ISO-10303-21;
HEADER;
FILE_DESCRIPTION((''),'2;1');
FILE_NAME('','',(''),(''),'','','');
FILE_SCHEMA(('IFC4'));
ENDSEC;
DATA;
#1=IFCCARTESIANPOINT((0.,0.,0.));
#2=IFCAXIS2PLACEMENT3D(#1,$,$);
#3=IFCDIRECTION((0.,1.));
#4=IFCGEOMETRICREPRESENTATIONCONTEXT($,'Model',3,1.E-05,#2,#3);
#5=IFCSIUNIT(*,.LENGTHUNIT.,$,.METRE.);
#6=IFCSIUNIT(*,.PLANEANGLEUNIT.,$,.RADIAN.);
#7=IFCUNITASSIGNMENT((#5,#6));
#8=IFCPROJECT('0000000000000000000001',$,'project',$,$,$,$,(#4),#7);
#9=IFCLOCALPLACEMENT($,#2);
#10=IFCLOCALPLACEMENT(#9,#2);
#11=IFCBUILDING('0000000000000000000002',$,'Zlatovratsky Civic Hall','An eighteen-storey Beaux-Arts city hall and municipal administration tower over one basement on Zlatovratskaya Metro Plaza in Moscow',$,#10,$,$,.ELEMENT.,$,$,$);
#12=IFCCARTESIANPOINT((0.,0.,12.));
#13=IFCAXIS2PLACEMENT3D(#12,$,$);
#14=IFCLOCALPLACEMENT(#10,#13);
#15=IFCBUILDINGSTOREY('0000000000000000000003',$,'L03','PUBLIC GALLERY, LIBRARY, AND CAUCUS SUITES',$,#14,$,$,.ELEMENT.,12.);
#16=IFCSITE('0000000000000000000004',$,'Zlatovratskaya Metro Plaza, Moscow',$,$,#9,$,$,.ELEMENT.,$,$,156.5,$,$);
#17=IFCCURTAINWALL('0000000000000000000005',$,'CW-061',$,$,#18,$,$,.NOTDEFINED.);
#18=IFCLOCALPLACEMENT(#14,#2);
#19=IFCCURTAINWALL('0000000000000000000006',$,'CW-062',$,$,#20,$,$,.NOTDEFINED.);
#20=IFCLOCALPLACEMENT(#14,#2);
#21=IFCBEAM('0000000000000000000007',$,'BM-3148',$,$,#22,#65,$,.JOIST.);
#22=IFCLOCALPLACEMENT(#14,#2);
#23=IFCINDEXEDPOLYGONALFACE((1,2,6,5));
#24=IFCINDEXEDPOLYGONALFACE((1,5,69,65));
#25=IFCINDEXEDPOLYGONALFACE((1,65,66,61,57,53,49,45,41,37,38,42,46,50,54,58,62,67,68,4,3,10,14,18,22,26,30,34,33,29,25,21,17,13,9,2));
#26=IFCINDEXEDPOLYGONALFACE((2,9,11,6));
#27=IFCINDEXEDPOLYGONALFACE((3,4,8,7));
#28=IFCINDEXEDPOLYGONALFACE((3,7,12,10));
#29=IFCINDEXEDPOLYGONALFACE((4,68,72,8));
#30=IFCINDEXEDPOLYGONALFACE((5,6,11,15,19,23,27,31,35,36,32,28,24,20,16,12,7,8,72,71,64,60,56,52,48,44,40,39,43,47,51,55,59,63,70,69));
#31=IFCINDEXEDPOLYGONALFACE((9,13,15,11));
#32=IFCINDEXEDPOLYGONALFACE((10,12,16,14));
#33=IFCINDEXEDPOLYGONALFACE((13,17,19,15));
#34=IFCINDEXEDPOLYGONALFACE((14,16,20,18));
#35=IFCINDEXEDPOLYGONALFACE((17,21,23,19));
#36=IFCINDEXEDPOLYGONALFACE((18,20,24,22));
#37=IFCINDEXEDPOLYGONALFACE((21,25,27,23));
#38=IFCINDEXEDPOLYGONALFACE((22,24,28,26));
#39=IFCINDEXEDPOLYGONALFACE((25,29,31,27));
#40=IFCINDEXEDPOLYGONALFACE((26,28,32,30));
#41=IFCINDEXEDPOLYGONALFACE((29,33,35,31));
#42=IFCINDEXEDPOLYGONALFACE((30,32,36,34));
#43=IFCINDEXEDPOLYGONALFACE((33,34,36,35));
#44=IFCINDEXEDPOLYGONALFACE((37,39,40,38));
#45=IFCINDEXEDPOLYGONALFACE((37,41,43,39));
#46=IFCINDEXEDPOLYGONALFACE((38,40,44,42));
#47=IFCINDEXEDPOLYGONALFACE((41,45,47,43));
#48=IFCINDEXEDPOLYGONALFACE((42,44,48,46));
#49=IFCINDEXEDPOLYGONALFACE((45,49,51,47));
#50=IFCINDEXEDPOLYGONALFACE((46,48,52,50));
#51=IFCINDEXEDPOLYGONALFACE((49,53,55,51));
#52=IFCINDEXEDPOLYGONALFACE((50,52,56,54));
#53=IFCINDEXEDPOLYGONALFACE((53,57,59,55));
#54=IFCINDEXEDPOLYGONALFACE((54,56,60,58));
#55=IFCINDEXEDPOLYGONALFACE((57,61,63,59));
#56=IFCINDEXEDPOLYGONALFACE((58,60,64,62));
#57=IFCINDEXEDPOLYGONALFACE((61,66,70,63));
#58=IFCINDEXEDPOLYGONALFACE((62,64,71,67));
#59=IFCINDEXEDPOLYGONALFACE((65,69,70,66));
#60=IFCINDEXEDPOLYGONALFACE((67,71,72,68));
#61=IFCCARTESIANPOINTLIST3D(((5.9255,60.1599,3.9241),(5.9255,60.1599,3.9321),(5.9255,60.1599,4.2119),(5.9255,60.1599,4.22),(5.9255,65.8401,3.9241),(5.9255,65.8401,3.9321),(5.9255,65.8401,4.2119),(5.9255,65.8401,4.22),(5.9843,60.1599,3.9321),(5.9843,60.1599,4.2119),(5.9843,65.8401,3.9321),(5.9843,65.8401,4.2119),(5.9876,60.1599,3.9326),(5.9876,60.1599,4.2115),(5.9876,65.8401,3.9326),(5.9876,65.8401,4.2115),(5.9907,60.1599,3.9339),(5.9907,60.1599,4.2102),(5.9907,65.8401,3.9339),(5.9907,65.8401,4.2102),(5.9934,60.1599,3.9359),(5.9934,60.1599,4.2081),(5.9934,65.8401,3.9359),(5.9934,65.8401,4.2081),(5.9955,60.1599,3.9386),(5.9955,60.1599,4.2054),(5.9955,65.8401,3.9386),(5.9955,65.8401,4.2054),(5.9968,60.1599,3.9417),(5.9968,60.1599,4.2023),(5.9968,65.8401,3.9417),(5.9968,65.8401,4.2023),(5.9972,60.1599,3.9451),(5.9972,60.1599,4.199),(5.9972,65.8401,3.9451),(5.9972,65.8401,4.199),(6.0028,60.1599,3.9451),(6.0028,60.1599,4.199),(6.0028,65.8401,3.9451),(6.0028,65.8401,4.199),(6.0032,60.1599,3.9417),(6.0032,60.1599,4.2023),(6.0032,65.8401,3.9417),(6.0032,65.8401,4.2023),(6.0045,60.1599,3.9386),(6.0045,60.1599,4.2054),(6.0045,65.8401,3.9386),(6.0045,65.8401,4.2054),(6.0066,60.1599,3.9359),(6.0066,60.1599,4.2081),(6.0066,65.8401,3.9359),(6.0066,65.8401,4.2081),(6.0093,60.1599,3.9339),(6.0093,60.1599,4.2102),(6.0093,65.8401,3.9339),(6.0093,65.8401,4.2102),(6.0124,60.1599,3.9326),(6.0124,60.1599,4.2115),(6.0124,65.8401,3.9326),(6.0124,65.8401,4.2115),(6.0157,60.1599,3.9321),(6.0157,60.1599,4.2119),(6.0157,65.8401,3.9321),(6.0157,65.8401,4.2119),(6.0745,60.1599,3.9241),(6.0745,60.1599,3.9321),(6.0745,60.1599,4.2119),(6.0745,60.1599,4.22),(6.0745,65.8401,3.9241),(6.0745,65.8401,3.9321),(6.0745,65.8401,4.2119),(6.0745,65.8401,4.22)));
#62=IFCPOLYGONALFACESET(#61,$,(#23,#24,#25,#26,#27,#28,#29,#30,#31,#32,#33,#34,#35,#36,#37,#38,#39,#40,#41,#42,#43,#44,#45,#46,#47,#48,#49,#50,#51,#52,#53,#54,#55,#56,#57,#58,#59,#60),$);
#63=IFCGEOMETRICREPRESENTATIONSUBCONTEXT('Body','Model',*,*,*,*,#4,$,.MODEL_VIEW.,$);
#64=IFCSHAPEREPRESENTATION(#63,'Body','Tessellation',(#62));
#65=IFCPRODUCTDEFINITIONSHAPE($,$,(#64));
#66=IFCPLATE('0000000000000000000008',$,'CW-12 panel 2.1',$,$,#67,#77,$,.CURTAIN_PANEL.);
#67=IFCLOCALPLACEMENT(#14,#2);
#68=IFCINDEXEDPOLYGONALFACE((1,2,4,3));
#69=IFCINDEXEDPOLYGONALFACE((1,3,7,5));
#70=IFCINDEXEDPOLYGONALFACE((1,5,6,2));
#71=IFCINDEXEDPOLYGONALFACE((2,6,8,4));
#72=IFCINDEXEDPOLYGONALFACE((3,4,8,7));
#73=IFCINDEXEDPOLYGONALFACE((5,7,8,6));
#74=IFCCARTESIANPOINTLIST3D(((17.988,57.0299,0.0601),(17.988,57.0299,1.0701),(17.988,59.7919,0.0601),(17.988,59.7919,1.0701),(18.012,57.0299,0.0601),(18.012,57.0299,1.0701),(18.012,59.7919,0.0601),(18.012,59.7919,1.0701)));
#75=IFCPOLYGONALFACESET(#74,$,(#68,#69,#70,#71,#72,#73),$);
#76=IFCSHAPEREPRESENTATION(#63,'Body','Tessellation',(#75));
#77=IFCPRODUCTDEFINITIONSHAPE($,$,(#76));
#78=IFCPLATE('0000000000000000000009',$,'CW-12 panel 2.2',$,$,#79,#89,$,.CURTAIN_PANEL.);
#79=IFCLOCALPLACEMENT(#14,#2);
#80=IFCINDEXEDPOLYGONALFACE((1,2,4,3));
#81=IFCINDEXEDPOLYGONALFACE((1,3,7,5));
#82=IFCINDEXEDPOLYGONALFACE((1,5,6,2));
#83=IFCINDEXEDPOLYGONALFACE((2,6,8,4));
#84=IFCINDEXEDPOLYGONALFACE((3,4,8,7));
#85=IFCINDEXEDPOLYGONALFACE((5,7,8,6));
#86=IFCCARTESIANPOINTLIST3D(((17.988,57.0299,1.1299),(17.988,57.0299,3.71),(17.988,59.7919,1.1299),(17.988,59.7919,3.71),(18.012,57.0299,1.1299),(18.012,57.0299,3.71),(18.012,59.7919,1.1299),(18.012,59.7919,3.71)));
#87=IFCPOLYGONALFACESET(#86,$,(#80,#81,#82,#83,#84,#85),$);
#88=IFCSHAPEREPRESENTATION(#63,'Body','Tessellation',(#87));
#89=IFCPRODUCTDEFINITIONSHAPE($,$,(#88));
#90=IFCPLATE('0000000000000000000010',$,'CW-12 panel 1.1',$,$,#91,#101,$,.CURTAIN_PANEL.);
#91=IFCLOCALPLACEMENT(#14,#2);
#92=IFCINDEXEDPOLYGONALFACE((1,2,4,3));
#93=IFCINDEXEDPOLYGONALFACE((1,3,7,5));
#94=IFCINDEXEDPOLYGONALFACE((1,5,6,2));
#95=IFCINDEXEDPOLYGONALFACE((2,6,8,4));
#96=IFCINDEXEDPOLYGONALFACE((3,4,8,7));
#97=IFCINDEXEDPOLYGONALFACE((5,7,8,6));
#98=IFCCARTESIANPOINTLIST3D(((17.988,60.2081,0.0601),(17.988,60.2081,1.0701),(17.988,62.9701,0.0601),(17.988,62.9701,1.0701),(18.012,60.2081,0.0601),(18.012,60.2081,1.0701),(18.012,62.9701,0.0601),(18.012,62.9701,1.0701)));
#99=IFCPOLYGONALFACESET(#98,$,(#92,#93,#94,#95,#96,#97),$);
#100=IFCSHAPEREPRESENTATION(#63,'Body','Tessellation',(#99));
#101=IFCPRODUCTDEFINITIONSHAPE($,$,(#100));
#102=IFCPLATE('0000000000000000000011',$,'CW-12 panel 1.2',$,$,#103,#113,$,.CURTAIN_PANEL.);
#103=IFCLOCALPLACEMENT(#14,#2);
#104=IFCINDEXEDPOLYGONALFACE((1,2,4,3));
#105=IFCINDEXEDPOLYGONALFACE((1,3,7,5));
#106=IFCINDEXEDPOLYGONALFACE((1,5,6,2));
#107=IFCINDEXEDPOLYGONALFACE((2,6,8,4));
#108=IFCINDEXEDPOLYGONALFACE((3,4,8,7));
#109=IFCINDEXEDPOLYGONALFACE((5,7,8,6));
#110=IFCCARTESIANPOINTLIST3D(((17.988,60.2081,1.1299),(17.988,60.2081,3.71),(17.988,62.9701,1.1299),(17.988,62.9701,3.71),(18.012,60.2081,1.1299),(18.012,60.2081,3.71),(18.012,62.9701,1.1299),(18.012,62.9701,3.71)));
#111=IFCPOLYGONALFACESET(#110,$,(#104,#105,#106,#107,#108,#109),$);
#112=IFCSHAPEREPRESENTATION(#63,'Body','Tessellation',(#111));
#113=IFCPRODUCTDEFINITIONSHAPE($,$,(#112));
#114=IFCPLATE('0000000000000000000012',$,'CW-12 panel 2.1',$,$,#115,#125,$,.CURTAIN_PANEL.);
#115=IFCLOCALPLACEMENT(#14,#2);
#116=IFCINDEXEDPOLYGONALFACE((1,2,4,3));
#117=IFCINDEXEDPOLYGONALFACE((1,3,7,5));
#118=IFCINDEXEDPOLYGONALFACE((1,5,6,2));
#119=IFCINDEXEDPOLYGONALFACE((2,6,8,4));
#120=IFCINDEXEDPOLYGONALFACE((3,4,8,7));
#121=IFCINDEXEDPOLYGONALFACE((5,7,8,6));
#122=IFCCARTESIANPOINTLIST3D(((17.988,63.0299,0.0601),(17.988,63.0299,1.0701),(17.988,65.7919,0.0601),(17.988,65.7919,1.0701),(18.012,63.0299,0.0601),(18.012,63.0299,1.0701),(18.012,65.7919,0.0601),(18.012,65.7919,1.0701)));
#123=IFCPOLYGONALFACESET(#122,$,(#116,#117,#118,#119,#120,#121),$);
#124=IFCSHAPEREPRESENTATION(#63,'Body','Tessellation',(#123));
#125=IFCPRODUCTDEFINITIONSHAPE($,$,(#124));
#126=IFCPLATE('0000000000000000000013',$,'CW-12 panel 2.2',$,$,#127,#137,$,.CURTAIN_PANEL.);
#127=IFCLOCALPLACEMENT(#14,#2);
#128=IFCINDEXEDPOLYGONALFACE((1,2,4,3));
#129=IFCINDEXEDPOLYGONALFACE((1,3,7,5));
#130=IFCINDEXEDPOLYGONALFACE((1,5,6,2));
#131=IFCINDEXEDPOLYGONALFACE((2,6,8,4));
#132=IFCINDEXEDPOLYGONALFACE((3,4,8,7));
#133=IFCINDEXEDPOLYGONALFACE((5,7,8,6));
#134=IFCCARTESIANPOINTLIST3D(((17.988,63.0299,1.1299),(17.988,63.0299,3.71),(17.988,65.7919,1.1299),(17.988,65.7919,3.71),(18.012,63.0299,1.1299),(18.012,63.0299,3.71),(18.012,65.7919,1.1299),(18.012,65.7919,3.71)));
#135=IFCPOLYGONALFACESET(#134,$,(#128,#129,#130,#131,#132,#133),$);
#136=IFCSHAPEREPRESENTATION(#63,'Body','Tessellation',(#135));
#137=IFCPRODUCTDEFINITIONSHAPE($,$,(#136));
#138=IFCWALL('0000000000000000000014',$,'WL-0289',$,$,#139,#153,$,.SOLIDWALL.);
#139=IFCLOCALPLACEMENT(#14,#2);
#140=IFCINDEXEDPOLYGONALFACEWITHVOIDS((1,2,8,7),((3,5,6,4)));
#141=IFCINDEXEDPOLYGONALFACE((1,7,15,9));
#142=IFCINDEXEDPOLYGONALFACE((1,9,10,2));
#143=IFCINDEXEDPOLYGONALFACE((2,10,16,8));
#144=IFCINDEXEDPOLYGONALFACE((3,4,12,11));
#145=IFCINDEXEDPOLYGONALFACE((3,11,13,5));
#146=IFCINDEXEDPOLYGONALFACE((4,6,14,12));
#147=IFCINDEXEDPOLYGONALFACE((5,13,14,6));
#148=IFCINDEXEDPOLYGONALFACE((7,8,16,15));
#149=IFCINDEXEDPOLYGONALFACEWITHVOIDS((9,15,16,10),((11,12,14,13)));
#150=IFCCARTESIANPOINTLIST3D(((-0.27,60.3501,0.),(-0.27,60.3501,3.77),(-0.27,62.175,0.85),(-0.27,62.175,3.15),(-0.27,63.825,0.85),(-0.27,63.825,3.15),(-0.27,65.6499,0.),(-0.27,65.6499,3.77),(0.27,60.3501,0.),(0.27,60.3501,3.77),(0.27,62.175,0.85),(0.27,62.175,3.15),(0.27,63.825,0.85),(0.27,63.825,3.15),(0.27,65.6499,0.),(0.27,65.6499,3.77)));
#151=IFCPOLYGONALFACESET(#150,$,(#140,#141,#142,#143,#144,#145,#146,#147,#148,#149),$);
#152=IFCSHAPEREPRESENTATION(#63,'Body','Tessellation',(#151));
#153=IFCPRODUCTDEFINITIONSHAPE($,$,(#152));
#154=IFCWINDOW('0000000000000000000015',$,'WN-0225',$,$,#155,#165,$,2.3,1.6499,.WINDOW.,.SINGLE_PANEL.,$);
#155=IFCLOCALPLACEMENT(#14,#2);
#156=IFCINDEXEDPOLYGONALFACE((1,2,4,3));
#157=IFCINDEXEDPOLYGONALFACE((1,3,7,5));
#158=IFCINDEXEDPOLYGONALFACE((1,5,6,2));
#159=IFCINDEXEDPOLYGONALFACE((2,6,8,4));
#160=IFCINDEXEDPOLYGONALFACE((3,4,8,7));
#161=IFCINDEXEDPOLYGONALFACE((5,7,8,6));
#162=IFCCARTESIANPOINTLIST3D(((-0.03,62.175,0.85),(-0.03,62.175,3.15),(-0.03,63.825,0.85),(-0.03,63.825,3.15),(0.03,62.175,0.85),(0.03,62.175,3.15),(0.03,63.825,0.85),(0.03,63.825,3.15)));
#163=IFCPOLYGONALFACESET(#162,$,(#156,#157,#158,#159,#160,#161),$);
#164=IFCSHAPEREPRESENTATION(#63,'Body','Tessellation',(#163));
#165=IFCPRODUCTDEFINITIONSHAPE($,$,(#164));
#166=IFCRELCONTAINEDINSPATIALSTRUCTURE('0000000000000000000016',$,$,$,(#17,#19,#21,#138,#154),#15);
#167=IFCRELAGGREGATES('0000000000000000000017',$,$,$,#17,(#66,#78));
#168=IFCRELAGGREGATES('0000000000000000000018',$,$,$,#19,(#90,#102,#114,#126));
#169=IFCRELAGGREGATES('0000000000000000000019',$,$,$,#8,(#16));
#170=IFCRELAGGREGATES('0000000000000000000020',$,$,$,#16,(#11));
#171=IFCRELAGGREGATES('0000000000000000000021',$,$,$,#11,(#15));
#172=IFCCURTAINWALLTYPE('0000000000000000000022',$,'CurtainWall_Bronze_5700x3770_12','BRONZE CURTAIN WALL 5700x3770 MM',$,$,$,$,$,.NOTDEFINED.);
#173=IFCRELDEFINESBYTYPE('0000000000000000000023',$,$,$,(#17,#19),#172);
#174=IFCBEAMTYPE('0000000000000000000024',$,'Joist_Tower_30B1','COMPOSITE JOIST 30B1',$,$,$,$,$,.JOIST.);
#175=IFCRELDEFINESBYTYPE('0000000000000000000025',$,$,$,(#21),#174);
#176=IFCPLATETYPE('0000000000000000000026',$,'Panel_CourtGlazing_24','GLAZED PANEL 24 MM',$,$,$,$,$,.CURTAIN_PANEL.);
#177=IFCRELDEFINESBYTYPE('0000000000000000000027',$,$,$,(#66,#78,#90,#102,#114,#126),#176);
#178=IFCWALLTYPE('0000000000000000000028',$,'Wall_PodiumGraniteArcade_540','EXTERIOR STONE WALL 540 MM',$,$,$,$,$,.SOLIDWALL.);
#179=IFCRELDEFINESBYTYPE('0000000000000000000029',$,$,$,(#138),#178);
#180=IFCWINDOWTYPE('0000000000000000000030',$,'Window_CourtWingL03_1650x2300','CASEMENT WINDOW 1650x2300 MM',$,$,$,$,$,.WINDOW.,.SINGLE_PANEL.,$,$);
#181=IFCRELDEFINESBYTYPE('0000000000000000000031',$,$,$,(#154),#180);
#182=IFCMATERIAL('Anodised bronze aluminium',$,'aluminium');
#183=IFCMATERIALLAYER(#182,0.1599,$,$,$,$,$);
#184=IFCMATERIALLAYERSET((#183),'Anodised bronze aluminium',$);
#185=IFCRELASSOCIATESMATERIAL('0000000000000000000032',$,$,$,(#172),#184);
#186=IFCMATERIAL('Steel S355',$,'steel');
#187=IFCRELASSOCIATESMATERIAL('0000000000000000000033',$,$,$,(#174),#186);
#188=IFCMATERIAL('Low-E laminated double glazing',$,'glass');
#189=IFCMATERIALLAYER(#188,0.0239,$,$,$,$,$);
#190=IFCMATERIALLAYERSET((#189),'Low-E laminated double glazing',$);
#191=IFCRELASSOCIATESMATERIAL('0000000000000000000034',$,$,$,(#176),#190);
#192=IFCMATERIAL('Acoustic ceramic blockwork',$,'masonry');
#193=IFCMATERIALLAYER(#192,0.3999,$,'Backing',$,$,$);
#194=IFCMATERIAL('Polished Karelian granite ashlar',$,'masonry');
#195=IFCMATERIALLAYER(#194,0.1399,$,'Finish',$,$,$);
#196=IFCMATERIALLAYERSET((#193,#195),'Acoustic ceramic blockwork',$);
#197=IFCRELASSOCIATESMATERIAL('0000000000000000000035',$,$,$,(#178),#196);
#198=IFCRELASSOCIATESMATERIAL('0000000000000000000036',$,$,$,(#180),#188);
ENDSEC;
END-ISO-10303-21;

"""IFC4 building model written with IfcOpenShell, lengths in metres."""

from ifc_helpers import new_model, si_unit, direction, frame, frame_2d, origin, origin_2d, place, context, subcontext, project, spatial, rectangle, i_section, extrude, material, layer, layer_set, material_profile, profile_set, type_object, element, fill, aggregate, save


model = new_model("IFC4")

# Units and contexts
model_context = context("Model", 3, precision=1e-05, world=origin(), true_north=direction((0.0, 1.0)))
body_context = subcontext(model_context, "Body", "Model", "MODEL_VIEW")
ifc_project = project(units=[si_unit("LENGTHUNIT", "METRE"), si_unit("PLANEANGLEUNIT", "RADIAN")], contexts=[model_context])

# Site, building, storey
site_placement = place(None, origin())
site = spatial("IfcSite", under=ifc_project, at=site_placement, Name="Zlatovratskaya Metro Plaza, Moscow", CompositionType="ELEMENT", RefElevation=156.5)
building_placement = place(site_placement, origin())
building = spatial("IfcBuilding", under=site, at=building_placement, Name="Zlatovratsky Civic Hall", Description="An eighteen-storey Beaux-Arts city hall and municipal administration tower over one basement on Zlatovratskaya Metro Plaza in Moscow", CompositionType="ELEMENT")
storey_placement = place(building_placement, frame((0.0, 0.0, 12.0)))
storey = spatial("IfcBuildingStorey", under=building, at=storey_placement, Name="L03", Description="PUBLIC GALLERY, LIBRARY, AND CAUCUS SUITES", CompositionType="ELEMENT", Elevation=12.0)

# Shared definitions
ifc_material_1 = material(Name="Steel S355", Category="steel")

# Curtain wall
ifc_material_2 = material(Name="Anodised bronze aluminium", Category="aluminium")
ifc_layer_1 = layer(ifc_material_2, 0.1599)
ifc_layer_set_1 = layer_set([ifc_layer_1], Name="Anodised bronze aluminium")
curtain_wall_type = type_object("IfcCurtainWallType", Name="CurtainWall_Bronze_5700x3770_12", Description="BRONZE CURTAIN WALL 5700x3770 MM", PredefinedType="NOTDEFINED", material=ifc_layer_set_1)
curtain_wall_1_placement = place(storey_placement, origin())
curtain_wall_1 = element("IfcCurtainWall", 1, at=curtain_wall_1_placement, inside=storey, type_object=curtain_wall_type, Name="CW-061", PredefinedType="NOTDEFINED")

# Curtain wall
curtain_wall_2_placement = place(storey_placement, origin())
curtain_wall_2 = element("IfcCurtainWall", 2, at=curtain_wall_2_placement, inside=storey, type_object=curtain_wall_type, Name="CW-062", PredefinedType="NOTDEFINED")

# Beam
ifc_material_profile_1 = material_profile(ifc_material_1, i_section(OverallWidth=0.1489, OverallDepth=0.2959, WebThickness=0.0056, FlangeThickness=0.0081, FilletRadius=0.0129, at=origin_2d()), Name="30B1")
ifc_profile_set_1 = profile_set([ifc_material_profile_1], Name="Steel S355")
beam_type_1 = type_object("IfcBeamType", Name="Joist_Tower_30B1", Description="COMPOSITE JOIST 30B1", PredefinedType="JOIST", material=ifc_profile_set_1)
beam_1_placement = place(storey_placement, frame((6.0, 60.1599, 4.072), z_axis=(0.0, 1.0, 0.0), x_axis=(-1.0, 0.0, 0.0)))
element("IfcBeam", 3, at=beam_1_placement, inside=storey, type_object=beam_type_1, Name="BM-3148", PredefinedType="JOIST", context=body_context, shape_type="SweptSolid", body=[
    extrude(i_section(OverallWidth=0.1489, OverallDepth=0.2959, WebThickness=0.0056, FlangeThickness=0.0081, FilletRadius=0.0129, at=origin_2d()), origin(), (0.0, 0.0, 1.0), 5.6802),
])

# Plates
ifc_material_3 = material(Name="Low-E laminated double glazing", Category="glass")
ifc_layer_2 = layer(ifc_material_3, 0.0239)
ifc_layer_set_2 = layer_set([ifc_layer_2], Name="Low-E laminated double glazing")
plate_type = type_object("IfcPlateType", Name="Panel_CourtGlazing_24", Description="GLAZED PANEL 24 MM", PredefinedType="CURTAIN_PANEL", material=ifc_layer_set_2)
plate_1_placement = place(storey_placement, frame((18.0, 58.4109, 0.0601), z_axis=(0.0, 0.0, 1.0), x_axis=(0.0, 1.0, 0.0)))
plate_1 = element("IfcPlate", 4, at=plate_1_placement, type_object=plate_type, Name="CW-12 panel 2.1", PredefinedType="CURTAIN_PANEL", context=body_context, shape_type="SweptSolid", body=[
    extrude(rectangle(XDim=2.762, YDim=0.0239, at=origin_2d()), origin(), (0.0, 0.0, 1.0), 1.01),
])
plate_2_placement = place(storey_placement, frame((18.0, 58.4109, 1.1299), z_axis=(0.0, 0.0, 1.0), x_axis=(0.0, 1.0, 0.0)))
plate_2 = element("IfcPlate", 5, at=plate_2_placement, type_object=plate_type, Name="CW-12 panel 2.2", PredefinedType="CURTAIN_PANEL", context=body_context, shape_type="SweptSolid", body=[
    extrude(rectangle(XDim=2.762, YDim=0.0239, at=origin_2d()), origin(), (0.0, 0.0, 1.0), 2.5801),
])
aggregate(curtain_wall_1, [plate_1, plate_2])
plate_3_placement = place(storey_placement, frame((18.0, 61.5891, 0.0601), z_axis=(0.0, 0.0, 1.0), x_axis=(0.0, 1.0, 0.0)))
plate_3 = element("IfcPlate", 6, at=plate_3_placement, type_object=plate_type, Name="CW-12 panel 1.1", PredefinedType="CURTAIN_PANEL", context=body_context, shape_type="SweptSolid", body=[
    extrude(rectangle(XDim=2.762, YDim=0.0239, at=origin_2d()), origin(), (0.0, 0.0, 1.0), 1.01),
])
plate_4_placement = place(storey_placement, frame((18.0, 61.5891, 1.1299), z_axis=(0.0, 0.0, 1.0), x_axis=(0.0, 1.0, 0.0)))
plate_4 = element("IfcPlate", 7, at=plate_4_placement, type_object=plate_type, Name="CW-12 panel 1.2", PredefinedType="CURTAIN_PANEL", context=body_context, shape_type="SweptSolid", body=[
    extrude(rectangle(XDim=2.762, YDim=0.0239, at=origin_2d()), origin(), (0.0, 0.0, 1.0), 2.5801),
])
plate_5_placement = place(storey_placement, frame((18.0, 64.4109, 0.0601), z_axis=(0.0, 0.0, 1.0), x_axis=(0.0, 1.0, 0.0)))
plate_5 = element("IfcPlate", 8, at=plate_5_placement, type_object=plate_type, Name="CW-12 panel 2.1", PredefinedType="CURTAIN_PANEL", context=body_context, shape_type="SweptSolid", body=[
    extrude(rectangle(XDim=2.762, YDim=0.0239, at=origin_2d()), origin(), (0.0, 0.0, 1.0), 1.01),
])
plate_6_placement = place(storey_placement, frame((18.0, 64.4109, 1.1299), z_axis=(0.0, 0.0, 1.0), x_axis=(0.0, 1.0, 0.0)))
plate_6 = element("IfcPlate", 9, at=plate_6_placement, type_object=plate_type, Name="CW-12 panel 2.2", PredefinedType="CURTAIN_PANEL", context=body_context, shape_type="SweptSolid", body=[
    extrude(rectangle(XDim=2.762, YDim=0.0239, at=origin_2d()), origin(), (0.0, 0.0, 1.0), 2.5801),
])
aggregate(curtain_wall_2, [plate_3, plate_4, plate_5, plate_6])

# Wall, opening, window
ifc_material_4 = material(Name="Acoustic ceramic blockwork", Category="masonry")
ifc_layer_3 = layer(ifc_material_4, 0.3999, Name="Backing")
ifc_material_5 = material(Name="Polished Karelian granite ashlar", Category="masonry")
ifc_layer_4 = layer(ifc_material_5, 0.1399, Name="Finish")
ifc_layer_set_3 = layer_set([ifc_layer_3, ifc_layer_4], Name="Acoustic ceramic blockwork")
wall_type = type_object("IfcWallType", Name="Wall_PodiumGraniteArcade_540", Description="EXTERIOR STONE WALL 540 MM", PredefinedType="SOLIDWALL", material=ifc_layer_set_3)
wall_placement = place(storey_placement, frame((0.0, 60.3501, 0.0), z_axis=(0.0, 0.0, 1.0), x_axis=(0.0, 1.0, 0.0)))
wall = element("IfcWall", 10, at=wall_placement, inside=storey, type_object=wall_type, Name="WL-0289", PredefinedType="SOLIDWALL", context=body_context, shape_type="SweptSolid", body=[
    extrude(rectangle(XDim=5.2998, YDim=0.54, at=frame_2d((2.6499, 0.0))), origin(), (0.0, 0.0, 1.0), 3.77),
])
opening_placement = place(wall_placement, frame((1.825, 0.0, 0.8501)))
opening = element("IfcOpeningElement", 11, at=opening_placement, cuts=wall, PredefinedType="OPENING", context=body_context, shape_type="SweptSolid", body=[
    extrude(rectangle(XDim=1.6499, YDim=2.3, at=frame_2d((0.825, 1.1499))), frame((0.0, 0.2849, 0.0), z_axis=(0.0, -1.0, 0.0), x_axis=(1.0, 0.0, 0.0)), (0.0, 0.0, 1.0), 0.5698),
])
window_type = type_object("IfcWindowType", Name="Window_CourtWingL03_1650x2300", Description="CASEMENT WINDOW 1650x2300 MM", PartitioningType="SINGLE_PANEL", PredefinedType="WINDOW", material=ifc_material_3)
window_placement = place(opening_placement, origin())
window = element("IfcWindow", 12, at=window_placement, inside=storey, type_object=window_type, Name="WN-0225", OverallHeight=2.3, OverallWidth=1.6499, PartitioningType="SINGLE_PANEL", PredefinedType="WINDOW", context=body_context, shape_type="SweptSolid", body=[
    extrude(rectangle(XDim=1.6499, YDim=2.3, at=frame_2d((0.825, 1.1499))), frame((0.0, 0.03, 0.0), z_axis=(0.0, -1.0, 0.0), x_axis=(1.0, 0.0, 0.0)), (0.0, 0.0, 1.0), 0.0601),
])
fill(opening, window)

save(model, "model.ifc")
